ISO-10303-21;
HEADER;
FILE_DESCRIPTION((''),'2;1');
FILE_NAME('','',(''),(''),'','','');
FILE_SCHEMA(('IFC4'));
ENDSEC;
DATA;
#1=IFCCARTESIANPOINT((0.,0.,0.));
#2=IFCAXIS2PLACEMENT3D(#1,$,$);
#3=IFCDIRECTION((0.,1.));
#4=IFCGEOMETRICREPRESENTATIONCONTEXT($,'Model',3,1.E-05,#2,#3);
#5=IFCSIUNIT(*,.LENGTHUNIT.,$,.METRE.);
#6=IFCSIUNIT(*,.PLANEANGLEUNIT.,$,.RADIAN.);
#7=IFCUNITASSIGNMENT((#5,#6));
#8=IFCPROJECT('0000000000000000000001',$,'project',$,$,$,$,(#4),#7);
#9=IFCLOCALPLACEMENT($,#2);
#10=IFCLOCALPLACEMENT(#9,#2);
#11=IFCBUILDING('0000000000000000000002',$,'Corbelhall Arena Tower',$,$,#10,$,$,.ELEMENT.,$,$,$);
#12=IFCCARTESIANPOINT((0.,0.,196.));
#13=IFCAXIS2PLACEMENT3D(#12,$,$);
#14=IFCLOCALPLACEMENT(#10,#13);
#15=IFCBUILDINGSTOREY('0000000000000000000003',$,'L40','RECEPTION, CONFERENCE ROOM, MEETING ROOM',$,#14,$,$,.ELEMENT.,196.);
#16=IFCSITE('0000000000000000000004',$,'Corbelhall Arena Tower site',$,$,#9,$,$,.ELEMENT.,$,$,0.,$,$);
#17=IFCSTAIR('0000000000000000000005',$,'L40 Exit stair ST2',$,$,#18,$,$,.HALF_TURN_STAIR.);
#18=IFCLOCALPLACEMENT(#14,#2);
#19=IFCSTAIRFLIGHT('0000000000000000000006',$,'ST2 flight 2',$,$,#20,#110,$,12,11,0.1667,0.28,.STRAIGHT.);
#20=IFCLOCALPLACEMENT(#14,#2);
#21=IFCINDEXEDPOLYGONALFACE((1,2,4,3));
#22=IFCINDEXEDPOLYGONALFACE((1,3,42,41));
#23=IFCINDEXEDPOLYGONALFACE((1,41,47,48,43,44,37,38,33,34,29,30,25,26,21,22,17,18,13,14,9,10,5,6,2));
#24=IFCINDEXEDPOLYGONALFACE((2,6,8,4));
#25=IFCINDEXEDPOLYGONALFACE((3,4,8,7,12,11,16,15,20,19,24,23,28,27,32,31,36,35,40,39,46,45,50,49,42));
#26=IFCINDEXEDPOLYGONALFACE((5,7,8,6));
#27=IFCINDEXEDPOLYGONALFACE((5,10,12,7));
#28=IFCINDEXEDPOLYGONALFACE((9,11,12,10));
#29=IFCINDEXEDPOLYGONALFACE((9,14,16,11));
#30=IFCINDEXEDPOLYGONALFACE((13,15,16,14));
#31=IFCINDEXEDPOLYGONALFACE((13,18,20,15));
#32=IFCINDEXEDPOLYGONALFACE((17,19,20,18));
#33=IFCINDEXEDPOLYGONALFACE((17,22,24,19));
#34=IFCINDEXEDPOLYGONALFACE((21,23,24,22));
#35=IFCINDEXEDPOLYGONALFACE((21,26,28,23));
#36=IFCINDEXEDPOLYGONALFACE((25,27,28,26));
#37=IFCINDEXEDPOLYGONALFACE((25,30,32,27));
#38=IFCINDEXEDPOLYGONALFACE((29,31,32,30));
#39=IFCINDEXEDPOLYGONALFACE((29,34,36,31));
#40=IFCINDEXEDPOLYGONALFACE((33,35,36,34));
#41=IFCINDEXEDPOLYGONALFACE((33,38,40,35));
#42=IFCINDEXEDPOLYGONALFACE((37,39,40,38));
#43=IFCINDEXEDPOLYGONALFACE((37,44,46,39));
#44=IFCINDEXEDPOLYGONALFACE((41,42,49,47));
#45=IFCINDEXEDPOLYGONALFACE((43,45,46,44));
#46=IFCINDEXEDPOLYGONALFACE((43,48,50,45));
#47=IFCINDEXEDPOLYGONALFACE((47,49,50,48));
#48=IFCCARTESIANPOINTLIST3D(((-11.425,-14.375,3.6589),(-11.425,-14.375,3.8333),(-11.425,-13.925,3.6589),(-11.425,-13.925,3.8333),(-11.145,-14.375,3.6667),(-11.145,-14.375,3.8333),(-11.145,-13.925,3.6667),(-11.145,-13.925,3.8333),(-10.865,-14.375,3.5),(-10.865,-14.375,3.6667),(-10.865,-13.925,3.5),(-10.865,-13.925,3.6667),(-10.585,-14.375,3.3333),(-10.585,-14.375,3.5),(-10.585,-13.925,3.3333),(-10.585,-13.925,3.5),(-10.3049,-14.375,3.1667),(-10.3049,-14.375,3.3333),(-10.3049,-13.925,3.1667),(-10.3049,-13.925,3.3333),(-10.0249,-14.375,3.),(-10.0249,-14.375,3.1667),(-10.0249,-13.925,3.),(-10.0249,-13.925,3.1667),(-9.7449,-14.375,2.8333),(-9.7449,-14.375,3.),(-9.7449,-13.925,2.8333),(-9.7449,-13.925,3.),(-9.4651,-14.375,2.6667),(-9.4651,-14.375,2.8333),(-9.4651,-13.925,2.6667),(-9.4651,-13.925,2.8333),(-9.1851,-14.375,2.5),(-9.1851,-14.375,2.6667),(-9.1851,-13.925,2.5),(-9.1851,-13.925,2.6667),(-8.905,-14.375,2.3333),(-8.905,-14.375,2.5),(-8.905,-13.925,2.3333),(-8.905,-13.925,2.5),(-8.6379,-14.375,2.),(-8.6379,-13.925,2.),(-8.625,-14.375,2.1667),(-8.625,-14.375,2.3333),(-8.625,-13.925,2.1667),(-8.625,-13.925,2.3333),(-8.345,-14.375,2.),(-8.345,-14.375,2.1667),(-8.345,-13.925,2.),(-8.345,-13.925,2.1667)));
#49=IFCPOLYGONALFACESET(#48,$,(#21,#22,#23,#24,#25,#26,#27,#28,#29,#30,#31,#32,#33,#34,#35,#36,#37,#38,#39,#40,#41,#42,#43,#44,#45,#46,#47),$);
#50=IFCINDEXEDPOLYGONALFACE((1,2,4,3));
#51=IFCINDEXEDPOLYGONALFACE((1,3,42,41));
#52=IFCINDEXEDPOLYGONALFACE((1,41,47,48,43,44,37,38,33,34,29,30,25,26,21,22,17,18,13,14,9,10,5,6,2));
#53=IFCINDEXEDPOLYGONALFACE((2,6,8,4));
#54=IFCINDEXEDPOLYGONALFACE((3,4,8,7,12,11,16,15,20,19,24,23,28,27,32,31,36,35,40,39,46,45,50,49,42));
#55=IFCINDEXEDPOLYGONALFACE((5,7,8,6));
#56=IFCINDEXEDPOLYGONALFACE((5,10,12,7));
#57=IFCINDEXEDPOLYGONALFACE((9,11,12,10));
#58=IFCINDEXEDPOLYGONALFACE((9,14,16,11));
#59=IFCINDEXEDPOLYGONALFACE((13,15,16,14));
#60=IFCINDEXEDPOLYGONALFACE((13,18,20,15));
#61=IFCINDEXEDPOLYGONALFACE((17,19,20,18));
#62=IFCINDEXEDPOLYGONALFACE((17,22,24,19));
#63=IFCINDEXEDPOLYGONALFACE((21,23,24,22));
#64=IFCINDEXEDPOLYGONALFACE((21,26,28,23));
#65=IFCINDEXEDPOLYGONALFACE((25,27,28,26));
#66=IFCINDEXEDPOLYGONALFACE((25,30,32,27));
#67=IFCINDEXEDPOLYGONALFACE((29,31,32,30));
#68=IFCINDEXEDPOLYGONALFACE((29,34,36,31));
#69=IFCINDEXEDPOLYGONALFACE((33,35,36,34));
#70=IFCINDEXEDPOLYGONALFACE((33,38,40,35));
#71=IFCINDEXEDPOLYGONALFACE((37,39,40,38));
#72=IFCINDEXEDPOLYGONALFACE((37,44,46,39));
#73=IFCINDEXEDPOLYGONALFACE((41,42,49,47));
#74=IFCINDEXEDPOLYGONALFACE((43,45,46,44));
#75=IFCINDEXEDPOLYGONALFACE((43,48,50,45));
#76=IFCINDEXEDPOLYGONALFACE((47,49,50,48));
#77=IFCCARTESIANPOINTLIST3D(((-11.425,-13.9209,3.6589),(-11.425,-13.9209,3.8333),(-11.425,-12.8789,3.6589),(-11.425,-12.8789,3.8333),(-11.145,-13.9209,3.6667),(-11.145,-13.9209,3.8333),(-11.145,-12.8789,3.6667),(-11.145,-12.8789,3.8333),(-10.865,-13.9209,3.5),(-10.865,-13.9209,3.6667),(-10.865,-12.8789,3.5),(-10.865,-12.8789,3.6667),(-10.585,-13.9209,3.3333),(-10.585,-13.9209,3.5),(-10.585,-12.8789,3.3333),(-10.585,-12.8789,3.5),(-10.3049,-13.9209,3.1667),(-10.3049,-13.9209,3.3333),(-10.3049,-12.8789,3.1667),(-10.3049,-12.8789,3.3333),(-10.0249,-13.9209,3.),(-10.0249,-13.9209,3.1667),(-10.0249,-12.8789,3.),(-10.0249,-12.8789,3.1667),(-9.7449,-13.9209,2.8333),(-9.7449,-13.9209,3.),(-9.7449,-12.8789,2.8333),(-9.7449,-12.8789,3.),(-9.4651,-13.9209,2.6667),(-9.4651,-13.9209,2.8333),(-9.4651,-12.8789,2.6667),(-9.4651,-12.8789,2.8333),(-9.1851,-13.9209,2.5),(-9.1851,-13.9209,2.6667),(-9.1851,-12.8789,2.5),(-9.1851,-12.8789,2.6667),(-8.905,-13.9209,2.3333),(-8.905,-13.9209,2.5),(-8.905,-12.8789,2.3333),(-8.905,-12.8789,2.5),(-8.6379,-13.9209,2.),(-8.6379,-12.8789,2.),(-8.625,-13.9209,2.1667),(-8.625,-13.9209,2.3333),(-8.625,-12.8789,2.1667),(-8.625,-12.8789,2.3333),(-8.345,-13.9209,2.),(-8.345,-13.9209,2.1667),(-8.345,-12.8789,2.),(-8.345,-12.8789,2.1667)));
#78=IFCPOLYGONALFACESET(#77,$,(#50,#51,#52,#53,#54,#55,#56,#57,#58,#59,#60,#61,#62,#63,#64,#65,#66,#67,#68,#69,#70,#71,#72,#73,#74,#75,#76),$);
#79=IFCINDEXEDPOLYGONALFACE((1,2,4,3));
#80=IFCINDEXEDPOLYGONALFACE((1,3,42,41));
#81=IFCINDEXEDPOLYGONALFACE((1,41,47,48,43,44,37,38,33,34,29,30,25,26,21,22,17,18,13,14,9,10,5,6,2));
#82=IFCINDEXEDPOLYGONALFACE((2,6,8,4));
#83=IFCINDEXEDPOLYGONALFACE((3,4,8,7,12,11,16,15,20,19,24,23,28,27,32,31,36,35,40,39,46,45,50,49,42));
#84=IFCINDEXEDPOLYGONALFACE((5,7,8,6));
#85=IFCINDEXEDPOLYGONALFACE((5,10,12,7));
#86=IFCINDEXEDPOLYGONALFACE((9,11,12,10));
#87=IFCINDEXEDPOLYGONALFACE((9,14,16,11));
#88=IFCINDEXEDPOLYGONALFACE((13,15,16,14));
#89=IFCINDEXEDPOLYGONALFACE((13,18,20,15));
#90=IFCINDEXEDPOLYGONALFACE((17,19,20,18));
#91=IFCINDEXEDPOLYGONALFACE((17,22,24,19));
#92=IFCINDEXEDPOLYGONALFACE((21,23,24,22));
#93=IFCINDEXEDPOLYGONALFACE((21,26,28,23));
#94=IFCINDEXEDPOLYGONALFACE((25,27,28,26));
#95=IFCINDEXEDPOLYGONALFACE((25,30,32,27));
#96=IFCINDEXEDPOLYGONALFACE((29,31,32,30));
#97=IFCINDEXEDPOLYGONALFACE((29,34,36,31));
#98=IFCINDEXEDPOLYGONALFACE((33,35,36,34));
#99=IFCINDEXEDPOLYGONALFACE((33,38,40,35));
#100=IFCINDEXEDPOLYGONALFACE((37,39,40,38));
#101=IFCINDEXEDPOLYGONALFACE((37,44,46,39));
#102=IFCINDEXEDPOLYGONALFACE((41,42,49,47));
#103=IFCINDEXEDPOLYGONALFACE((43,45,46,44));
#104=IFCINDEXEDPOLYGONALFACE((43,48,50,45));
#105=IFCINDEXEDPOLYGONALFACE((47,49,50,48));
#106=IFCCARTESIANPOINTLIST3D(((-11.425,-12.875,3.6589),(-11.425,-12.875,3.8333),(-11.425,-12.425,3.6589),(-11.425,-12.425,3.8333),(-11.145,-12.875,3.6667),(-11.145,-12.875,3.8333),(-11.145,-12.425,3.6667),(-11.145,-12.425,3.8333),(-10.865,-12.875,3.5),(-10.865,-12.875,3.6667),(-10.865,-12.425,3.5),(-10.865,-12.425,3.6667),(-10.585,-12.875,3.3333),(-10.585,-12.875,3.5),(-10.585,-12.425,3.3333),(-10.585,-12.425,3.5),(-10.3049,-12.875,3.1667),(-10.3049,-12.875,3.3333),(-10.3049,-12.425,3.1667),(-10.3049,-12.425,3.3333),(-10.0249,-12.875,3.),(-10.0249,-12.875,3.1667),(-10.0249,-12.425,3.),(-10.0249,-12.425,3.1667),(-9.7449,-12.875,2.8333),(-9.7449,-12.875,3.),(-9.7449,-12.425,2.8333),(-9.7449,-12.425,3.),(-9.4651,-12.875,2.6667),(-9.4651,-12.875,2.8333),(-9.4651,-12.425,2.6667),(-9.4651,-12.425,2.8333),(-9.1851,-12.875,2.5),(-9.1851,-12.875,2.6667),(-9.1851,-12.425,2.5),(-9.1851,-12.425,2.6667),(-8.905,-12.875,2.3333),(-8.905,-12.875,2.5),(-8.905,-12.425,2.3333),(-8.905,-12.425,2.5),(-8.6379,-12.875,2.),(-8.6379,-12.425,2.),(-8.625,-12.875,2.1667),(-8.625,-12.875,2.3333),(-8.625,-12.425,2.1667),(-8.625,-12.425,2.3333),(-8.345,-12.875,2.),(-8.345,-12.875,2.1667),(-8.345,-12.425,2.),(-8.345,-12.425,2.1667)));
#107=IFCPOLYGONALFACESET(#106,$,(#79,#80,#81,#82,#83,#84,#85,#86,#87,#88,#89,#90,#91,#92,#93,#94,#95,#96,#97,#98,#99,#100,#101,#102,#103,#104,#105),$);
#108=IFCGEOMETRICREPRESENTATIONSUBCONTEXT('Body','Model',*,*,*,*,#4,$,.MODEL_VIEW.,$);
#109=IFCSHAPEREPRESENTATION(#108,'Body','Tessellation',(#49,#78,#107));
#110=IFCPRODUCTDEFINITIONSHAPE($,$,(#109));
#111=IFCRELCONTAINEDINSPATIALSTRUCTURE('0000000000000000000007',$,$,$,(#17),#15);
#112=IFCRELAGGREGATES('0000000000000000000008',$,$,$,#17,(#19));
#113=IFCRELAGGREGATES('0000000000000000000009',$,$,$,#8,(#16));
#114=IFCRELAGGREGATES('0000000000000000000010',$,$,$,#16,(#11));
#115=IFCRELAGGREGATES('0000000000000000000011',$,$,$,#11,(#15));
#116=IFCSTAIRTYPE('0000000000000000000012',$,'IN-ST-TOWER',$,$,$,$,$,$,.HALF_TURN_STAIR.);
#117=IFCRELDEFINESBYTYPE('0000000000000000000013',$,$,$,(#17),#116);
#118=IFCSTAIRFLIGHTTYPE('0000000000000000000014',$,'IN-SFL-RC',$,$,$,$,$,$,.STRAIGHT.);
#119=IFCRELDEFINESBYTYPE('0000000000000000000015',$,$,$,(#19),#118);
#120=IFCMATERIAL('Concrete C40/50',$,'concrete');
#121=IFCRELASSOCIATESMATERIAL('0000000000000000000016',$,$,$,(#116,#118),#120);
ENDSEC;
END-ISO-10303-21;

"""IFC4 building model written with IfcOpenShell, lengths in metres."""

from ifc_helpers import new_model, si_unit, direction, frame, origin, place, context, subcontext, project, spatial, polyline, outline, extrude, material, type_object, element, aggregate, save


model = new_model("IFC4")

# Units and contexts
model_context = context("Model", 3, precision=1e-05, world=origin(), true_north=direction((0.0, 1.0)))
body_context = subcontext(model_context, "Body", "Model", "MODEL_VIEW")
ifc_project = project(units=[si_unit("LENGTHUNIT", "METRE"), si_unit("PLANEANGLEUNIT", "RADIAN")], contexts=[model_context])

# Site, building, storey
site_placement = place(None, origin())
site = spatial("IfcSite", under=ifc_project, at=site_placement, Name="Corbelhall Arena Tower site", CompositionType="ELEMENT", RefElevation=0.0)
building_placement = place(site_placement, origin())
building = spatial("IfcBuilding", under=site, at=building_placement, Name="Corbelhall Arena Tower", CompositionType="ELEMENT")
storey_placement = place(building_placement, frame((0.0, 0.0, 196.0)))
storey = spatial("IfcBuildingStorey", under=building, at=storey_placement, Name="L40", Description="RECEPTION, CONFERENCE ROOM, MEETING ROOM", CompositionType="ELEMENT", Elevation=196.0)

# Shared definitions
ifc_material_1 = material(Name="Concrete C40/50", Category="concrete")

# Stair, stair flight
stair_type = type_object("IfcStairType", Name="IN-ST-TOWER", PredefinedType="HALF_TURN_STAIR", material=ifc_material_1)
stair_placement = place(storey_placement, origin())
stair = element("IfcStair", 1, at=stair_placement, inside=storey, type_object=stair_type, Name="L40 Exit stair ST2", PredefinedType="HALF_TURN_STAIR")
stair_flight_type = type_object("IfcStairFlightType", Name="IN-SFL-RC", PredefinedType="STRAIGHT", material=ifc_material_1)
stair_flight_1_placement = place(storey_placement, frame((-8.345, -13.3999, 2.0), z_axis=(0.0, 0.0, 1.0), x_axis=(-1.0, 0.0, 0.0)))
stair_flight_1 = element("IfcStairFlight", 2, at=stair_flight_1_placement, type_object=stair_flight_type, Name="ST2 flight 2", NumberOfRisers=12, NumberOfTreads=11, PredefinedType="STRAIGHT", RiserHeight=0.1667, TreadLength=0.28, context=body_context, shape_type="SweptSolid", body=[
    extrude(outline(polyline([(0.0, 0.0), (0.0, 0.1667), (0.28, 0.1667), (0.28, 0.3333), (0.5601, 0.3333), (0.5601, 0.5), (0.8401, 0.5), (0.8401, 0.6667), (1.1201, 0.6667), (1.1201, 0.8333), (1.3999, 0.8333), (1.3999, 1.0), (1.6799, 1.0), (1.6799, 1.1667), (1.96, 1.1667), (1.96, 1.3333), (2.24, 1.3333), (2.24, 1.5), (2.52, 1.5), (2.52, 1.6667), (2.8, 1.6667), (2.8, 1.8333), (3.0801, 1.8333), (3.0801, 2.0), (3.0801, 1.6589), (0.293, 0.0), (0.0, 0.0)])), frame((0.0, 0.9751, 0.0), z_axis=(0.0, -1.0, 0.0), x_axis=(1.0, 0.0, 0.0)), (0.0, 0.0, 1.0), 0.45),
    extrude(outline(polyline([(0.0, 0.0), (0.0, 0.1667), (0.28, 0.1667), (0.28, 0.3333), (0.5601, 0.3333), (0.5601, 0.5), (0.8401, 0.5), (0.8401, 0.6667), (1.1201, 0.6667), (1.1201, 0.8333), (1.3999, 0.8333), (1.3999, 1.0), (1.6799, 1.0), (1.6799, 1.1667), (1.96, 1.1667), (1.96, 1.3333), (2.24, 1.3333), (2.24, 1.5), (2.52, 1.5), (2.52, 1.6667), (2.8, 1.6667), (2.8, 1.8333), (3.0801, 1.8333), (3.0801, 2.0), (3.0801, 1.6589), (0.293, 0.0), (0.0, 0.0)])), frame((0.0, 0.521, 0.0), z_axis=(0.0, -1.0, 0.0), x_axis=(1.0, 0.0, 0.0)), (0.0, 0.0, 1.0), 1.042),
    extrude(outline(polyline([(0.0, 0.0), (0.0, 0.1667), (0.28, 0.1667), (0.28, 0.3333), (0.5601, 0.3333), (0.5601, 0.5), (0.8401, 0.5), (0.8401, 0.6667), (1.1201, 0.6667), (1.1201, 0.8333), (1.3999, 0.8333), (1.3999, 1.0), (1.6799, 1.0), (1.6799, 1.1667), (1.96, 1.1667), (1.96, 1.3333), (2.24, 1.3333), (2.24, 1.5), (2.52, 1.5), (2.52, 1.6667), (2.8, 1.6667), (2.8, 1.8333), (3.0801, 1.8333), (3.0801, 2.0), (3.0801, 1.6589), (0.293, 0.0), (0.0, 0.0)])), frame((0.0, -0.5249, 0.0), z_axis=(0.0, -1.0, 0.0), x_axis=(1.0, 0.0, 0.0)), (0.0, 0.0, 1.0), 0.45),
])
aggregate(stair, [stair_flight_1])

save(model, "model.ifc")
